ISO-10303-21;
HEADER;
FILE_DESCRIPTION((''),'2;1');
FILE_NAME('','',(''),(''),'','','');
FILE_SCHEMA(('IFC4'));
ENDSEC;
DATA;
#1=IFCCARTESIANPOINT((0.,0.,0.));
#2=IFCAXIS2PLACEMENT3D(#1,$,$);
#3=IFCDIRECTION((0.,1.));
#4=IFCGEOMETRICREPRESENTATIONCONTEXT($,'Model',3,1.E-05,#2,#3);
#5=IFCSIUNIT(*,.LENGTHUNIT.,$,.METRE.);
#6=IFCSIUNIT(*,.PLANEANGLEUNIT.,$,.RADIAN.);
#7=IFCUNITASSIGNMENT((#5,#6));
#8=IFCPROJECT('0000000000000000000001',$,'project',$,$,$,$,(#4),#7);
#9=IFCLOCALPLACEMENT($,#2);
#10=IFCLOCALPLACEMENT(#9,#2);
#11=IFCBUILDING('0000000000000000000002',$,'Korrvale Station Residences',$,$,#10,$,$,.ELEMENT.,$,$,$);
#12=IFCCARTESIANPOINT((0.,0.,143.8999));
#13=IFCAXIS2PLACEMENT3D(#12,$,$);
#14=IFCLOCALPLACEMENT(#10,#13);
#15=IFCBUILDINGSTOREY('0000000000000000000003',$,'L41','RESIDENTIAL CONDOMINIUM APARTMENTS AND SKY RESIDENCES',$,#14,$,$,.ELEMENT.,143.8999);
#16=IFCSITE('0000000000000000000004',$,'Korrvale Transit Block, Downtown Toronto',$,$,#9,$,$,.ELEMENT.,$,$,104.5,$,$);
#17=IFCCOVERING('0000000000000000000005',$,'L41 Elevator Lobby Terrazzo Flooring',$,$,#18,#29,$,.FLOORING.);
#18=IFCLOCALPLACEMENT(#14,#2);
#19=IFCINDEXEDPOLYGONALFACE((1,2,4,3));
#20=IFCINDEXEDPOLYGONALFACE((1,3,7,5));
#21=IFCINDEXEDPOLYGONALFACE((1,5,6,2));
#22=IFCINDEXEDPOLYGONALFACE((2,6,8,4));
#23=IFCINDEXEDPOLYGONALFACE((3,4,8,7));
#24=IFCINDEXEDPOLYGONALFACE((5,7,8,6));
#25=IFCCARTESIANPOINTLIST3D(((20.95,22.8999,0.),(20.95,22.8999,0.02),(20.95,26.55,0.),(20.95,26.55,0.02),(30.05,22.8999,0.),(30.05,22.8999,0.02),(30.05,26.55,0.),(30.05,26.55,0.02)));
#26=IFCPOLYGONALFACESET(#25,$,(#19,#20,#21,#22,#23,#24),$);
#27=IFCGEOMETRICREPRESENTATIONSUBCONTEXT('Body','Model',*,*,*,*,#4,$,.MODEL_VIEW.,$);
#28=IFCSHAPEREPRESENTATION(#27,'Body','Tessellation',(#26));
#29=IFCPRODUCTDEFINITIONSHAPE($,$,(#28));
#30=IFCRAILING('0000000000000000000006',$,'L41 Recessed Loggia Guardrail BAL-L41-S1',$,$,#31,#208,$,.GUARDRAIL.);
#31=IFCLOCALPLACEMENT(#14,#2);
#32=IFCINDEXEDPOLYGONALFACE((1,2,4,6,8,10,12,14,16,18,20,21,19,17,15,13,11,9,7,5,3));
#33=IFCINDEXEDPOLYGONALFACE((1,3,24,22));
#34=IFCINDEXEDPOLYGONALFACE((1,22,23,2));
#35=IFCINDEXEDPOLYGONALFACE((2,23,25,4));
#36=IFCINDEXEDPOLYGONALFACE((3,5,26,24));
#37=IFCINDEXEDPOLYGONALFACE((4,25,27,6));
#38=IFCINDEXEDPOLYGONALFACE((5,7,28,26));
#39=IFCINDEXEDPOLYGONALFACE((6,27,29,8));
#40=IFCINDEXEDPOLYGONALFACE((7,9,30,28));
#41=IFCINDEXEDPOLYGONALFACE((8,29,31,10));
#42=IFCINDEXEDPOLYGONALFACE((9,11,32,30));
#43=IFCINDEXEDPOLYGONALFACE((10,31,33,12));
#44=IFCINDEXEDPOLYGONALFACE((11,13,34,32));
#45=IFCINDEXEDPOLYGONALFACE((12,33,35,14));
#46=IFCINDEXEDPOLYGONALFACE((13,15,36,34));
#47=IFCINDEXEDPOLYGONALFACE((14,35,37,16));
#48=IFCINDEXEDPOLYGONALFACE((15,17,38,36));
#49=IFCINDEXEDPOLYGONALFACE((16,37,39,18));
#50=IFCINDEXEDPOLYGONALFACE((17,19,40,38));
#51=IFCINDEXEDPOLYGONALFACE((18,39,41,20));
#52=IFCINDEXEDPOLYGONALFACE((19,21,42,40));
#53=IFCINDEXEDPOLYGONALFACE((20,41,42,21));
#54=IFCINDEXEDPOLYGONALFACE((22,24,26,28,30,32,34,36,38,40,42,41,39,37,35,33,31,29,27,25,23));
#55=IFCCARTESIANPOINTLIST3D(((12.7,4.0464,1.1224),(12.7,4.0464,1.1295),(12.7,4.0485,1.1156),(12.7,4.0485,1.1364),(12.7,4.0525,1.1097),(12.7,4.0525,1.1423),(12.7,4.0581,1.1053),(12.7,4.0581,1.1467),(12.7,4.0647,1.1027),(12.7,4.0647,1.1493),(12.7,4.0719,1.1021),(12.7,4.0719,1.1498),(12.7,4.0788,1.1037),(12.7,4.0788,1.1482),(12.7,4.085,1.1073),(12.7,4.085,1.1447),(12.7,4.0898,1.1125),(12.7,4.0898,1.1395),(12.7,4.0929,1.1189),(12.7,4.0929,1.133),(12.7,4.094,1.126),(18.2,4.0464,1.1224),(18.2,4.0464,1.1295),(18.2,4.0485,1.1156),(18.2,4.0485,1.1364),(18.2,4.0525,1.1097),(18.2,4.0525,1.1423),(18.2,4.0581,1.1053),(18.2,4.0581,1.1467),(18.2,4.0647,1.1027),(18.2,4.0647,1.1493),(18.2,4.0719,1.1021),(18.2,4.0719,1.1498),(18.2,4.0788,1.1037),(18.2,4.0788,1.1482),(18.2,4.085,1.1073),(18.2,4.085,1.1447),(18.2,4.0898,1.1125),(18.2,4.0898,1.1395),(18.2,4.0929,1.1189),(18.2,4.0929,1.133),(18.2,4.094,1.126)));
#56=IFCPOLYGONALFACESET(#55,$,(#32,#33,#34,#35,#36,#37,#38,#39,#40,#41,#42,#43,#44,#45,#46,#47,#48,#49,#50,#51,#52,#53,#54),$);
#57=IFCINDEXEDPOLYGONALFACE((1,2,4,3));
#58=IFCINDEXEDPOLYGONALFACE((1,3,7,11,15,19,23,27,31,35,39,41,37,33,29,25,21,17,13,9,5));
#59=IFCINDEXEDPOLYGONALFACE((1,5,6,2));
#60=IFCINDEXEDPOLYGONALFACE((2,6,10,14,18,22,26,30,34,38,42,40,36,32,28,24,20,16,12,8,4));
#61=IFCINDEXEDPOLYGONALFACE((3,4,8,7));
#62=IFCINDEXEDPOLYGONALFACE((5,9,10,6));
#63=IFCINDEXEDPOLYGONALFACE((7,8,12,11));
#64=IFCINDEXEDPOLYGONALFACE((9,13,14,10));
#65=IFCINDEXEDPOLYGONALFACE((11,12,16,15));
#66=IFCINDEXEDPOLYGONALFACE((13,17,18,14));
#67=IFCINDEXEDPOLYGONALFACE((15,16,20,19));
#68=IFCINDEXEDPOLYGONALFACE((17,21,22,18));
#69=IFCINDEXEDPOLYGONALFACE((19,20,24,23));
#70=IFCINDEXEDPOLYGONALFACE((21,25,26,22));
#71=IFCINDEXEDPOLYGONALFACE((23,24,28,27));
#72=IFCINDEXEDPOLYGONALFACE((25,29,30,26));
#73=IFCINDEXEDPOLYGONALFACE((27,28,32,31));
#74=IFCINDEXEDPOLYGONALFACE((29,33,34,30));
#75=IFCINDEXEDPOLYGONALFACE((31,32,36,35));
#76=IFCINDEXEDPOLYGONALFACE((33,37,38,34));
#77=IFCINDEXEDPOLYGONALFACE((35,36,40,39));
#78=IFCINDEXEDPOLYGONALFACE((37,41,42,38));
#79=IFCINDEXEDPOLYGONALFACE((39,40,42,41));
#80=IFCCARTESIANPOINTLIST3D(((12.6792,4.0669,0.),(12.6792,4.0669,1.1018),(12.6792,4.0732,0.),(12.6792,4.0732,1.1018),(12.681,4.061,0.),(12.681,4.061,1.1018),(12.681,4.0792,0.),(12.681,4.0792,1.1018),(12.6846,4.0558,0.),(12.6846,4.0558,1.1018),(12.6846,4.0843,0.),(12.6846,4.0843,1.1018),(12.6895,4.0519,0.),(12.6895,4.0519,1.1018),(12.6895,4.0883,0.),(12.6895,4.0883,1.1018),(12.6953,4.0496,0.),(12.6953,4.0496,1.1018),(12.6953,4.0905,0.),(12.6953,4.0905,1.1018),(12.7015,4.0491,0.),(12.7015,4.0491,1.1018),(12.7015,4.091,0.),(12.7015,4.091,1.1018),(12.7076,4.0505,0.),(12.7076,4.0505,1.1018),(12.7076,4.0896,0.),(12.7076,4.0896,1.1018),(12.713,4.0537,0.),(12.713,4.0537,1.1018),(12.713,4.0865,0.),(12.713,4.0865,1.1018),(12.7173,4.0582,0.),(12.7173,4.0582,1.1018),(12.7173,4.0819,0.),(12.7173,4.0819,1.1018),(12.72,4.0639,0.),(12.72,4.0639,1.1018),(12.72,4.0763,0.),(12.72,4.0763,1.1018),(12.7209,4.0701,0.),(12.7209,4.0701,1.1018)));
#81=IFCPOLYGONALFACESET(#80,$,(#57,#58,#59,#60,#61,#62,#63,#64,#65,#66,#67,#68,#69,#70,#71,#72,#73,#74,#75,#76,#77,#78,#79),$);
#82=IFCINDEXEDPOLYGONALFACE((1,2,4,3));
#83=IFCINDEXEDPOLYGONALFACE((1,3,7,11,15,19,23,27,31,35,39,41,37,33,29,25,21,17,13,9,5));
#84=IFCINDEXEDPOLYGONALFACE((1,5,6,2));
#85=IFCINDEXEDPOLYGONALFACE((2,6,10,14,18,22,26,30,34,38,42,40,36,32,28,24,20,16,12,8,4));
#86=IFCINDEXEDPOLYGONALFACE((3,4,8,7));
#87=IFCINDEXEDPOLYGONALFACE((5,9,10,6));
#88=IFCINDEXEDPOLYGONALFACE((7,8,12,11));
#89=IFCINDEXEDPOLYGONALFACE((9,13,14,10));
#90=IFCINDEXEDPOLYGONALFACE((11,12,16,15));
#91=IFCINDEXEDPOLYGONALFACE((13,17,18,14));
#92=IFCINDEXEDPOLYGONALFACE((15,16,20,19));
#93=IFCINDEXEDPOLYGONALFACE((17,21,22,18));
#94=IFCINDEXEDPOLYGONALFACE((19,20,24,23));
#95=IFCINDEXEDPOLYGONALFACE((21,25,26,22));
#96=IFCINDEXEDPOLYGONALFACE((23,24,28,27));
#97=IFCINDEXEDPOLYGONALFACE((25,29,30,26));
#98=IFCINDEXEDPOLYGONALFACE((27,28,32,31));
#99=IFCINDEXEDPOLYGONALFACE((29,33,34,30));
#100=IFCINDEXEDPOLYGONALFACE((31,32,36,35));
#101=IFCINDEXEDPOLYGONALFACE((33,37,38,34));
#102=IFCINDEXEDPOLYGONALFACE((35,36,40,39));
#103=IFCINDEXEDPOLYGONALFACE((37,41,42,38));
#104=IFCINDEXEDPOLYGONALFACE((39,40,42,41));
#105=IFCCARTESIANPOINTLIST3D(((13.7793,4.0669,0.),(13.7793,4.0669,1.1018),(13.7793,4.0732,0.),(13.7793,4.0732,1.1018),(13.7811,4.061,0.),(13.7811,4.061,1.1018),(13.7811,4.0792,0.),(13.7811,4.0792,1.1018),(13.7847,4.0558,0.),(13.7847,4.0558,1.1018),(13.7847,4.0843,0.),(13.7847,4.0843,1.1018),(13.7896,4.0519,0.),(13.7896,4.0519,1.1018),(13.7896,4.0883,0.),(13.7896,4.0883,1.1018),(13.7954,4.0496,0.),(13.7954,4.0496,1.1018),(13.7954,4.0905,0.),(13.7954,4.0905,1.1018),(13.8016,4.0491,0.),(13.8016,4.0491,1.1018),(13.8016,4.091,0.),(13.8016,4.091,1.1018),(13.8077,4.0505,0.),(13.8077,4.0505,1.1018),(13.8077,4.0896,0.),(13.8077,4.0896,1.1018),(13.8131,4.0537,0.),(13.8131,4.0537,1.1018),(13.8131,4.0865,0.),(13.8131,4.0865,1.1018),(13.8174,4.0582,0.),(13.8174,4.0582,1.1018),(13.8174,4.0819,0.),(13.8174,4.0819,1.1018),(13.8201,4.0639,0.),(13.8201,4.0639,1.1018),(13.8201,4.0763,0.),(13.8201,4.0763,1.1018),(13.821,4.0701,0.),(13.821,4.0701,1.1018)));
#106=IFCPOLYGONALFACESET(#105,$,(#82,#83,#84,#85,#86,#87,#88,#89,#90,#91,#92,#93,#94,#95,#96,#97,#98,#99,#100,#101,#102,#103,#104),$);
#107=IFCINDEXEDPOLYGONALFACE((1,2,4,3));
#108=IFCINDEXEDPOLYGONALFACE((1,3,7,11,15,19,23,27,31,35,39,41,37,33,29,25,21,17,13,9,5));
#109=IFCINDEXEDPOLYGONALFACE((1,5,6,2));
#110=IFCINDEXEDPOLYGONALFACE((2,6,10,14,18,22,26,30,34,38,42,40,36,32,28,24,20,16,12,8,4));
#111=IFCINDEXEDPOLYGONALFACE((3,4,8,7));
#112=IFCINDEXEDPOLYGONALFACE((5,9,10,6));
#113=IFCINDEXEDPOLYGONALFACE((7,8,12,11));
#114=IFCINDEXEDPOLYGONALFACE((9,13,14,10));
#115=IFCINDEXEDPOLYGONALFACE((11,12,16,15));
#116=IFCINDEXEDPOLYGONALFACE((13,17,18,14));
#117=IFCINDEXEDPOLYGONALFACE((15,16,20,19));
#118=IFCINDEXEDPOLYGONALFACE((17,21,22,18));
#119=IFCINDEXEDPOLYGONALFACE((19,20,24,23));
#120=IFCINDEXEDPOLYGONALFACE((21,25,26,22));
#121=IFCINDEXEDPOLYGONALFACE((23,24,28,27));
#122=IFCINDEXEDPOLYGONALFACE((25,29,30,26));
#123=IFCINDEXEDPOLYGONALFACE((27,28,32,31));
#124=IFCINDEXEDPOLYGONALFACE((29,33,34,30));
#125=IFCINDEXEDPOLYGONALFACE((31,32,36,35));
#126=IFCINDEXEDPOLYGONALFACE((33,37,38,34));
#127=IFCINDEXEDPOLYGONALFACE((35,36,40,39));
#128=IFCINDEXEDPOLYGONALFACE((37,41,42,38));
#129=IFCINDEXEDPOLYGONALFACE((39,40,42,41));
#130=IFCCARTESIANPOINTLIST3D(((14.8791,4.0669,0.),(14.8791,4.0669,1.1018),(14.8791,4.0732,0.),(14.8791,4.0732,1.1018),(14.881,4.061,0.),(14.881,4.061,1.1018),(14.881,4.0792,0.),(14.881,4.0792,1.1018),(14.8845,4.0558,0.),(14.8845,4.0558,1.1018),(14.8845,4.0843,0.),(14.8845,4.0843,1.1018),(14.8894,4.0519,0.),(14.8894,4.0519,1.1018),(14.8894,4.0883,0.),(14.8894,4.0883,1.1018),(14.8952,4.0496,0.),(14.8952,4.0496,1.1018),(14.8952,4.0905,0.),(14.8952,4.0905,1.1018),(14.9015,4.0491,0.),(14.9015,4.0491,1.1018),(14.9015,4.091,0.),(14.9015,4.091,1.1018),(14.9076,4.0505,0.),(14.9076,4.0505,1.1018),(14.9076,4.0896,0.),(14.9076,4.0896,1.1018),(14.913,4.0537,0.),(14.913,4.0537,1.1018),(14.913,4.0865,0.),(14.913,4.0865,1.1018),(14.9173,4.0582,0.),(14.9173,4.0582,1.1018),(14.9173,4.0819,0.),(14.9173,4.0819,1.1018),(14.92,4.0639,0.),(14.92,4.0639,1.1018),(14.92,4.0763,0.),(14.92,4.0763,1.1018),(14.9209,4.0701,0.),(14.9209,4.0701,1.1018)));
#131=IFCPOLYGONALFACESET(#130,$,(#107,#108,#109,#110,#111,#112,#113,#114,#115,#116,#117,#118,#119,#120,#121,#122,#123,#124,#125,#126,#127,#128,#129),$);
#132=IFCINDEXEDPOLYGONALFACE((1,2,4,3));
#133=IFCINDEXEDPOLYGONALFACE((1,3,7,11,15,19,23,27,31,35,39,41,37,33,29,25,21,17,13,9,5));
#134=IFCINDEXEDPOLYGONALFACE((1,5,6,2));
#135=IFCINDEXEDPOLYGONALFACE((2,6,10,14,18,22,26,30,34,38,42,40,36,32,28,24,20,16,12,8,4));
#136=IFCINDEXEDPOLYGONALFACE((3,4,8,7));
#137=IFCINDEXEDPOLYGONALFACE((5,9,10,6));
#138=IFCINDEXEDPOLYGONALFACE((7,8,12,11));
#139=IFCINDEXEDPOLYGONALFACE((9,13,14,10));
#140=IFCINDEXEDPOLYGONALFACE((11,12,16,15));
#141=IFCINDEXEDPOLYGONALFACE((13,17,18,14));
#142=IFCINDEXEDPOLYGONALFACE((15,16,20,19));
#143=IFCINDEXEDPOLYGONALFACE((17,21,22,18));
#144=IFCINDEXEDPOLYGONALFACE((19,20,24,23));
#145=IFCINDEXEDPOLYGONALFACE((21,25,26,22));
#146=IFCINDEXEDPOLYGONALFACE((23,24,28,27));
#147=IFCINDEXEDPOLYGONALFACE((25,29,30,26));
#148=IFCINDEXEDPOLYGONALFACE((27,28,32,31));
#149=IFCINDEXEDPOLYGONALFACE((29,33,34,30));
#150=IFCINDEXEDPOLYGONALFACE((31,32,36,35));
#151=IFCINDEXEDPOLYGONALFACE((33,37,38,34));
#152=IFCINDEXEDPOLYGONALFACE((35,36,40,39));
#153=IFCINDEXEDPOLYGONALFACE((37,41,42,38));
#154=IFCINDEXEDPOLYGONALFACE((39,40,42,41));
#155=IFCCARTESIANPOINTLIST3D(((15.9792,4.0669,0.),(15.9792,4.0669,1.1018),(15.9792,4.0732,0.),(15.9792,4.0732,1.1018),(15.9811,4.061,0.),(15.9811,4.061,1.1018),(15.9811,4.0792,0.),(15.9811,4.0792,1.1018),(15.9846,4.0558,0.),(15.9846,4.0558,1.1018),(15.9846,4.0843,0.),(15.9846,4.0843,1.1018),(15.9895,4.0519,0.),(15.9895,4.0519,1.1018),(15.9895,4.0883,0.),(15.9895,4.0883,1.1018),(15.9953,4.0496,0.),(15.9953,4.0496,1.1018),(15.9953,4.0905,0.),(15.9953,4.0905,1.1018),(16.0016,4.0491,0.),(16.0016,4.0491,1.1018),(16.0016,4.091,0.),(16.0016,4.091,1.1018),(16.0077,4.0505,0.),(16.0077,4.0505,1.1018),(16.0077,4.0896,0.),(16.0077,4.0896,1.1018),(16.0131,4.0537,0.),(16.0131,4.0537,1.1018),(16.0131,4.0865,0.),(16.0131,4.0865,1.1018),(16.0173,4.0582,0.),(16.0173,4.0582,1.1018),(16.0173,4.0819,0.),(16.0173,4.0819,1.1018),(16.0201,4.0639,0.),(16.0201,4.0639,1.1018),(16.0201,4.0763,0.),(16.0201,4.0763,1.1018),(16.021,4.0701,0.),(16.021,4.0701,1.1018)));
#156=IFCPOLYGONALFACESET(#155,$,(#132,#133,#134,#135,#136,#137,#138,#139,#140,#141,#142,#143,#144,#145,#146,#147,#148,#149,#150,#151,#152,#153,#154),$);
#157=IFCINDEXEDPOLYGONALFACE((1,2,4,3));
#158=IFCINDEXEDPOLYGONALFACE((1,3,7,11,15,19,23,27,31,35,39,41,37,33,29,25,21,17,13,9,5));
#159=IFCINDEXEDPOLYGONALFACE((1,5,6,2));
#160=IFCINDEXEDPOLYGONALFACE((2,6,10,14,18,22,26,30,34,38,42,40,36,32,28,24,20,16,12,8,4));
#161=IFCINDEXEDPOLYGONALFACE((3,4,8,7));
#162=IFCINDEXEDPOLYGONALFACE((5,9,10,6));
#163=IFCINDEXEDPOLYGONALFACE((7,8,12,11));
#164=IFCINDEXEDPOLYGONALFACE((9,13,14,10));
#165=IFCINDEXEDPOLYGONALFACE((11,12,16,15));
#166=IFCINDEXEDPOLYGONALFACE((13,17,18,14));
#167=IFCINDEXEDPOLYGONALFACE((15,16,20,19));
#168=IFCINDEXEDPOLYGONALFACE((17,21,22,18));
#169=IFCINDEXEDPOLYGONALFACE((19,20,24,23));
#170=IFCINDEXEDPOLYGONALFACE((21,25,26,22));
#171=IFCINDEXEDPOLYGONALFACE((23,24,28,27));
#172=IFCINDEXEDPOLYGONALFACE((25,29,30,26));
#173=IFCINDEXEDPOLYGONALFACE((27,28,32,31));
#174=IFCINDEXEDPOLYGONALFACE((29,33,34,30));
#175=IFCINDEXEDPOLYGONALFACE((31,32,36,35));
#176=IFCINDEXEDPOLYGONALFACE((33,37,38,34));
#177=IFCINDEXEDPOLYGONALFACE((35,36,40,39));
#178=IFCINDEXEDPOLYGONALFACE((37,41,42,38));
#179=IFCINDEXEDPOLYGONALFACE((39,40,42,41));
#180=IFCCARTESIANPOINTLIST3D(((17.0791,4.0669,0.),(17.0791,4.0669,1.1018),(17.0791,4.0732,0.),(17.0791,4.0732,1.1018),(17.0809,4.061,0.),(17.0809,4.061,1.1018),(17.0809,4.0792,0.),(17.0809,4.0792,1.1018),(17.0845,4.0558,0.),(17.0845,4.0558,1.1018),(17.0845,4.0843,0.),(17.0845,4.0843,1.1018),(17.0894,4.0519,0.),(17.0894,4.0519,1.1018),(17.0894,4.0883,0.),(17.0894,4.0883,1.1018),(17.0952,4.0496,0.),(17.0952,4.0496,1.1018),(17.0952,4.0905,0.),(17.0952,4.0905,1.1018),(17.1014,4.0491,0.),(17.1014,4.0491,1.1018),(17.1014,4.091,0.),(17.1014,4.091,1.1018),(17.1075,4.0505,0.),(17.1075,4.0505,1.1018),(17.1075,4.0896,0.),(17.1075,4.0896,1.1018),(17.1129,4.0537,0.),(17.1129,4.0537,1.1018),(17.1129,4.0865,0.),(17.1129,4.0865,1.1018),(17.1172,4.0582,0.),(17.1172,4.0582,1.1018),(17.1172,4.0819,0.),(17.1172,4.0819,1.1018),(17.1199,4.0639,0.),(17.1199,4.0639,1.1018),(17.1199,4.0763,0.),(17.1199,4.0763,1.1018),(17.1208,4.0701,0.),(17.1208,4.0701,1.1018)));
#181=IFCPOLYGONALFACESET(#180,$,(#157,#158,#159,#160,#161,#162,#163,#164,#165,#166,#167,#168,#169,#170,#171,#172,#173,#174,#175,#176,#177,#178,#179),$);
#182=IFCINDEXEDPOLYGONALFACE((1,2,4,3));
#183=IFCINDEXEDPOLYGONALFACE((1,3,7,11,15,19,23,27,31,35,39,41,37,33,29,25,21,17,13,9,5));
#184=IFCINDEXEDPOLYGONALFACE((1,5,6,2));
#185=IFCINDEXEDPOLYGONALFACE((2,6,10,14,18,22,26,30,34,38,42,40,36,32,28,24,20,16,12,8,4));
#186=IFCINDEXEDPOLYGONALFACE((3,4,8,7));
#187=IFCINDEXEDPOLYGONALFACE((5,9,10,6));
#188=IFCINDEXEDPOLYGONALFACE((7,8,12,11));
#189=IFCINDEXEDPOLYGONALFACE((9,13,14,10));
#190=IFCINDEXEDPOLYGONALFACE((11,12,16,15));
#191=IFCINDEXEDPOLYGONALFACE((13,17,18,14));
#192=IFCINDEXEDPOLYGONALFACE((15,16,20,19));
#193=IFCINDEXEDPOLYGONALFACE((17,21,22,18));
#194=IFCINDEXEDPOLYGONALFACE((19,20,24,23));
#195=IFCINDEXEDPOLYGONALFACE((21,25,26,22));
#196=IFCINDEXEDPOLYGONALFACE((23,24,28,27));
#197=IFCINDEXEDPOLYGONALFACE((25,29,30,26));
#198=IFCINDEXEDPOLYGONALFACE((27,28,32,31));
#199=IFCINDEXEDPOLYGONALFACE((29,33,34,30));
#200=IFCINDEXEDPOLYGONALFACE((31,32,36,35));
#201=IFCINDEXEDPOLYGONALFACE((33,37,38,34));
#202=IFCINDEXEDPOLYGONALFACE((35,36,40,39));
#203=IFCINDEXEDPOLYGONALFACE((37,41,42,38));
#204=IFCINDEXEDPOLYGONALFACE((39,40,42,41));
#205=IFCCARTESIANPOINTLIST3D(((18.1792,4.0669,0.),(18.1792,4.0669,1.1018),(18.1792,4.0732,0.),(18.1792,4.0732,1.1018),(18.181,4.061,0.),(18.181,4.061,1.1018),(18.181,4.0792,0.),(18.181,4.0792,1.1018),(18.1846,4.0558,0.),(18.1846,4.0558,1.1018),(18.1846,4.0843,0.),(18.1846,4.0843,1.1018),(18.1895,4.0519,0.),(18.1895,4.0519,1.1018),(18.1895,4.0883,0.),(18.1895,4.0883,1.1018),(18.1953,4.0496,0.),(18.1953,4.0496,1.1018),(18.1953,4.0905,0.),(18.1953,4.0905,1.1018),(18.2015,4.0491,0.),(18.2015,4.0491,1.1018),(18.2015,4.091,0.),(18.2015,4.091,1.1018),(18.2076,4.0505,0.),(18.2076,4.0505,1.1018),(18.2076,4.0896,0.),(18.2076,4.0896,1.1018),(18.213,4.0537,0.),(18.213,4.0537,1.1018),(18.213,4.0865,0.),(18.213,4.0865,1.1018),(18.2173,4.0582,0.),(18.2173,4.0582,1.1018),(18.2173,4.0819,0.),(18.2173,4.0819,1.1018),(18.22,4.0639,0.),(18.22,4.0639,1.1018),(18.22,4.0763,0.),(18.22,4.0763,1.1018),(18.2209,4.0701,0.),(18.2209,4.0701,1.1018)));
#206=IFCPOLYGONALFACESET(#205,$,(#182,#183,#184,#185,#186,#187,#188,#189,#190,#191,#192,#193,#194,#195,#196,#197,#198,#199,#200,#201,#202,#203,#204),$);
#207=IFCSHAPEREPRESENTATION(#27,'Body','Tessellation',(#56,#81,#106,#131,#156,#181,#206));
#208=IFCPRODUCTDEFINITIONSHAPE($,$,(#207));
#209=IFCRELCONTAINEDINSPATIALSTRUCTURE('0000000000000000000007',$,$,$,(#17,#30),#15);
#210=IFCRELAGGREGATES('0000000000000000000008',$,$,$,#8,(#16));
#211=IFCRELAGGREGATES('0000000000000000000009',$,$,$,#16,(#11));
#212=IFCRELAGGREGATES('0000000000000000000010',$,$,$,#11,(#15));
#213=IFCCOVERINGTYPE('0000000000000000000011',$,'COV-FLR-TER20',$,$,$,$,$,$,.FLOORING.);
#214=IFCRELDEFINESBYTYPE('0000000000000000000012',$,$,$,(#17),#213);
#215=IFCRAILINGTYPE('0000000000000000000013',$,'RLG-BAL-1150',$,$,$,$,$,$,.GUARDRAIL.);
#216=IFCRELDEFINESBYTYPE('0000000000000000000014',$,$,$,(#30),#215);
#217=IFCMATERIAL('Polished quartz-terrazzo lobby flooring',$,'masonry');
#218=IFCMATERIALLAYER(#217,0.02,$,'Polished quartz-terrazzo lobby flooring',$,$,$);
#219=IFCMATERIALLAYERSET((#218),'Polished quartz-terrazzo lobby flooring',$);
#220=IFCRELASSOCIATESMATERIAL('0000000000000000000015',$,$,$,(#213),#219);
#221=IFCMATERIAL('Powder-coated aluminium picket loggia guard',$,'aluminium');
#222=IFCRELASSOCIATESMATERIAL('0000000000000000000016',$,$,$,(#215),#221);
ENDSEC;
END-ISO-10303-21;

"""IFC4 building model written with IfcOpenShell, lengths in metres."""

from ifc_helpers import new_model, si_unit, direction, frame, origin, origin_2d, place, context, subcontext, project, spatial, polyline, circle, outline, extrude, material, layer, layer_set, type_object, element, save


model = new_model("IFC4")

# Units and contexts
model_context = context("Model", 3, precision=1e-05, world=origin(), true_north=direction((0.0, 1.0)))
body_context = subcontext(model_context, "Body", "Model", "MODEL_VIEW")
ifc_project = project(units=[si_unit("LENGTHUNIT", "METRE"), si_unit("PLANEANGLEUNIT", "RADIAN")], contexts=[model_context])

# Site, building, storey
site_placement = place(None, origin())
site = spatial("IfcSite", under=ifc_project, at=site_placement, Name="Korrvale Transit Block, Downtown Toronto", CompositionType="ELEMENT", RefElevation=104.5)
building_placement = place(site_placement, origin())
building = spatial("IfcBuilding", under=site, at=building_placement, Name="Korrvale Station Residences", CompositionType="ELEMENT")
storey_placement = place(building_placement, frame((0.0, 0.0, 143.8999)))
storey = spatial("IfcBuildingStorey", under=building, at=storey_placement, Name="L41", Description="RESIDENTIAL CONDOMINIUM APARTMENTS AND SKY RESIDENCES", CompositionType="ELEMENT", Elevation=143.8999)

# Covering
ifc_material_1 = material(Name="Polished quartz-terrazzo lobby flooring", Category="masonry")
ifc_layer_1 = layer(ifc_material_1, 0.02, Name="Polished quartz-terrazzo lobby flooring")
ifc_layer_set_1 = layer_set([ifc_layer_1], Name="Polished quartz-terrazzo lobby flooring")
covering_type_1 = type_object("IfcCoveringType", Name="COV-FLR-TER20", PredefinedType="FLOORING", material=ifc_layer_set_1)
covering_1_placement = place(storey_placement, origin())
element("IfcCovering", 1, at=covering_1_placement, inside=storey, type_object=covering_type_1, Name="L41 Elevator Lobby Terrazzo Flooring", PredefinedType="FLOORING", context=body_context, shape_type="SweptSolid", body=[
    extrude(outline(polyline([(20.95, 22.8999), (30.05, 22.8999), (30.05, 26.55), (20.95, 26.55), (20.95, 22.8999)])), origin(), (0.0, 0.0, 1.0), 0.02),
])

# Railing
ifc_material_2 = material(Name="Powder-coated aluminium picket loggia guard", Category="aluminium")
railing_type = type_object("IfcRailingType", Name="RLG-BAL-1150", PredefinedType="GUARDRAIL", material=ifc_material_2)
railing_placement = place(storey_placement, frame((12.7, 4.0701, 0.0)))
element("IfcRailing", 2, at=railing_placement, inside=storey, type_object=railing_type, Name="L41 Recessed Loggia Guardrail BAL-L41-S1", PredefinedType="GUARDRAIL", context=body_context, shape_type="SweptSolid", body=[
    extrude(circle(Radius=0.0239, at=origin_2d()), frame((0.0, 0.0, 1.126), z_axis=(1.0, 0.0, 0.0), x_axis=(0.0, 1.0, 0.0)), (0.0, 0.0, 1.0), 5.5),
    extrude(circle(Radius=0.021, at=origin_2d()), origin(), (0.0, 0.0, 1.0), 1.1018),
    extrude(circle(Radius=0.021, at=origin_2d()), frame((1.1001, 0.0, 0.0)), (0.0, 0.0, 1.0), 1.1018),
    extrude(circle(Radius=0.021, at=origin_2d()), frame((2.2, 0.0, 0.0)), (0.0, 0.0, 1.0), 1.1018),
    extrude(circle(Radius=0.021, at=origin_2d()), frame((3.3, 0.0, 0.0)), (0.0, 0.0, 1.0), 1.1018),
    extrude(circle(Radius=0.021, at=origin_2d()), frame((4.3999, 0.0, 0.0)), (0.0, 0.0, 1.0), 1.1018),
    extrude(circle(Radius=0.021, at=origin_2d()), frame((5.5, 0.0, 0.0)), (0.0, 0.0, 1.0), 1.1018),
])

save(model, "model.ifc")
